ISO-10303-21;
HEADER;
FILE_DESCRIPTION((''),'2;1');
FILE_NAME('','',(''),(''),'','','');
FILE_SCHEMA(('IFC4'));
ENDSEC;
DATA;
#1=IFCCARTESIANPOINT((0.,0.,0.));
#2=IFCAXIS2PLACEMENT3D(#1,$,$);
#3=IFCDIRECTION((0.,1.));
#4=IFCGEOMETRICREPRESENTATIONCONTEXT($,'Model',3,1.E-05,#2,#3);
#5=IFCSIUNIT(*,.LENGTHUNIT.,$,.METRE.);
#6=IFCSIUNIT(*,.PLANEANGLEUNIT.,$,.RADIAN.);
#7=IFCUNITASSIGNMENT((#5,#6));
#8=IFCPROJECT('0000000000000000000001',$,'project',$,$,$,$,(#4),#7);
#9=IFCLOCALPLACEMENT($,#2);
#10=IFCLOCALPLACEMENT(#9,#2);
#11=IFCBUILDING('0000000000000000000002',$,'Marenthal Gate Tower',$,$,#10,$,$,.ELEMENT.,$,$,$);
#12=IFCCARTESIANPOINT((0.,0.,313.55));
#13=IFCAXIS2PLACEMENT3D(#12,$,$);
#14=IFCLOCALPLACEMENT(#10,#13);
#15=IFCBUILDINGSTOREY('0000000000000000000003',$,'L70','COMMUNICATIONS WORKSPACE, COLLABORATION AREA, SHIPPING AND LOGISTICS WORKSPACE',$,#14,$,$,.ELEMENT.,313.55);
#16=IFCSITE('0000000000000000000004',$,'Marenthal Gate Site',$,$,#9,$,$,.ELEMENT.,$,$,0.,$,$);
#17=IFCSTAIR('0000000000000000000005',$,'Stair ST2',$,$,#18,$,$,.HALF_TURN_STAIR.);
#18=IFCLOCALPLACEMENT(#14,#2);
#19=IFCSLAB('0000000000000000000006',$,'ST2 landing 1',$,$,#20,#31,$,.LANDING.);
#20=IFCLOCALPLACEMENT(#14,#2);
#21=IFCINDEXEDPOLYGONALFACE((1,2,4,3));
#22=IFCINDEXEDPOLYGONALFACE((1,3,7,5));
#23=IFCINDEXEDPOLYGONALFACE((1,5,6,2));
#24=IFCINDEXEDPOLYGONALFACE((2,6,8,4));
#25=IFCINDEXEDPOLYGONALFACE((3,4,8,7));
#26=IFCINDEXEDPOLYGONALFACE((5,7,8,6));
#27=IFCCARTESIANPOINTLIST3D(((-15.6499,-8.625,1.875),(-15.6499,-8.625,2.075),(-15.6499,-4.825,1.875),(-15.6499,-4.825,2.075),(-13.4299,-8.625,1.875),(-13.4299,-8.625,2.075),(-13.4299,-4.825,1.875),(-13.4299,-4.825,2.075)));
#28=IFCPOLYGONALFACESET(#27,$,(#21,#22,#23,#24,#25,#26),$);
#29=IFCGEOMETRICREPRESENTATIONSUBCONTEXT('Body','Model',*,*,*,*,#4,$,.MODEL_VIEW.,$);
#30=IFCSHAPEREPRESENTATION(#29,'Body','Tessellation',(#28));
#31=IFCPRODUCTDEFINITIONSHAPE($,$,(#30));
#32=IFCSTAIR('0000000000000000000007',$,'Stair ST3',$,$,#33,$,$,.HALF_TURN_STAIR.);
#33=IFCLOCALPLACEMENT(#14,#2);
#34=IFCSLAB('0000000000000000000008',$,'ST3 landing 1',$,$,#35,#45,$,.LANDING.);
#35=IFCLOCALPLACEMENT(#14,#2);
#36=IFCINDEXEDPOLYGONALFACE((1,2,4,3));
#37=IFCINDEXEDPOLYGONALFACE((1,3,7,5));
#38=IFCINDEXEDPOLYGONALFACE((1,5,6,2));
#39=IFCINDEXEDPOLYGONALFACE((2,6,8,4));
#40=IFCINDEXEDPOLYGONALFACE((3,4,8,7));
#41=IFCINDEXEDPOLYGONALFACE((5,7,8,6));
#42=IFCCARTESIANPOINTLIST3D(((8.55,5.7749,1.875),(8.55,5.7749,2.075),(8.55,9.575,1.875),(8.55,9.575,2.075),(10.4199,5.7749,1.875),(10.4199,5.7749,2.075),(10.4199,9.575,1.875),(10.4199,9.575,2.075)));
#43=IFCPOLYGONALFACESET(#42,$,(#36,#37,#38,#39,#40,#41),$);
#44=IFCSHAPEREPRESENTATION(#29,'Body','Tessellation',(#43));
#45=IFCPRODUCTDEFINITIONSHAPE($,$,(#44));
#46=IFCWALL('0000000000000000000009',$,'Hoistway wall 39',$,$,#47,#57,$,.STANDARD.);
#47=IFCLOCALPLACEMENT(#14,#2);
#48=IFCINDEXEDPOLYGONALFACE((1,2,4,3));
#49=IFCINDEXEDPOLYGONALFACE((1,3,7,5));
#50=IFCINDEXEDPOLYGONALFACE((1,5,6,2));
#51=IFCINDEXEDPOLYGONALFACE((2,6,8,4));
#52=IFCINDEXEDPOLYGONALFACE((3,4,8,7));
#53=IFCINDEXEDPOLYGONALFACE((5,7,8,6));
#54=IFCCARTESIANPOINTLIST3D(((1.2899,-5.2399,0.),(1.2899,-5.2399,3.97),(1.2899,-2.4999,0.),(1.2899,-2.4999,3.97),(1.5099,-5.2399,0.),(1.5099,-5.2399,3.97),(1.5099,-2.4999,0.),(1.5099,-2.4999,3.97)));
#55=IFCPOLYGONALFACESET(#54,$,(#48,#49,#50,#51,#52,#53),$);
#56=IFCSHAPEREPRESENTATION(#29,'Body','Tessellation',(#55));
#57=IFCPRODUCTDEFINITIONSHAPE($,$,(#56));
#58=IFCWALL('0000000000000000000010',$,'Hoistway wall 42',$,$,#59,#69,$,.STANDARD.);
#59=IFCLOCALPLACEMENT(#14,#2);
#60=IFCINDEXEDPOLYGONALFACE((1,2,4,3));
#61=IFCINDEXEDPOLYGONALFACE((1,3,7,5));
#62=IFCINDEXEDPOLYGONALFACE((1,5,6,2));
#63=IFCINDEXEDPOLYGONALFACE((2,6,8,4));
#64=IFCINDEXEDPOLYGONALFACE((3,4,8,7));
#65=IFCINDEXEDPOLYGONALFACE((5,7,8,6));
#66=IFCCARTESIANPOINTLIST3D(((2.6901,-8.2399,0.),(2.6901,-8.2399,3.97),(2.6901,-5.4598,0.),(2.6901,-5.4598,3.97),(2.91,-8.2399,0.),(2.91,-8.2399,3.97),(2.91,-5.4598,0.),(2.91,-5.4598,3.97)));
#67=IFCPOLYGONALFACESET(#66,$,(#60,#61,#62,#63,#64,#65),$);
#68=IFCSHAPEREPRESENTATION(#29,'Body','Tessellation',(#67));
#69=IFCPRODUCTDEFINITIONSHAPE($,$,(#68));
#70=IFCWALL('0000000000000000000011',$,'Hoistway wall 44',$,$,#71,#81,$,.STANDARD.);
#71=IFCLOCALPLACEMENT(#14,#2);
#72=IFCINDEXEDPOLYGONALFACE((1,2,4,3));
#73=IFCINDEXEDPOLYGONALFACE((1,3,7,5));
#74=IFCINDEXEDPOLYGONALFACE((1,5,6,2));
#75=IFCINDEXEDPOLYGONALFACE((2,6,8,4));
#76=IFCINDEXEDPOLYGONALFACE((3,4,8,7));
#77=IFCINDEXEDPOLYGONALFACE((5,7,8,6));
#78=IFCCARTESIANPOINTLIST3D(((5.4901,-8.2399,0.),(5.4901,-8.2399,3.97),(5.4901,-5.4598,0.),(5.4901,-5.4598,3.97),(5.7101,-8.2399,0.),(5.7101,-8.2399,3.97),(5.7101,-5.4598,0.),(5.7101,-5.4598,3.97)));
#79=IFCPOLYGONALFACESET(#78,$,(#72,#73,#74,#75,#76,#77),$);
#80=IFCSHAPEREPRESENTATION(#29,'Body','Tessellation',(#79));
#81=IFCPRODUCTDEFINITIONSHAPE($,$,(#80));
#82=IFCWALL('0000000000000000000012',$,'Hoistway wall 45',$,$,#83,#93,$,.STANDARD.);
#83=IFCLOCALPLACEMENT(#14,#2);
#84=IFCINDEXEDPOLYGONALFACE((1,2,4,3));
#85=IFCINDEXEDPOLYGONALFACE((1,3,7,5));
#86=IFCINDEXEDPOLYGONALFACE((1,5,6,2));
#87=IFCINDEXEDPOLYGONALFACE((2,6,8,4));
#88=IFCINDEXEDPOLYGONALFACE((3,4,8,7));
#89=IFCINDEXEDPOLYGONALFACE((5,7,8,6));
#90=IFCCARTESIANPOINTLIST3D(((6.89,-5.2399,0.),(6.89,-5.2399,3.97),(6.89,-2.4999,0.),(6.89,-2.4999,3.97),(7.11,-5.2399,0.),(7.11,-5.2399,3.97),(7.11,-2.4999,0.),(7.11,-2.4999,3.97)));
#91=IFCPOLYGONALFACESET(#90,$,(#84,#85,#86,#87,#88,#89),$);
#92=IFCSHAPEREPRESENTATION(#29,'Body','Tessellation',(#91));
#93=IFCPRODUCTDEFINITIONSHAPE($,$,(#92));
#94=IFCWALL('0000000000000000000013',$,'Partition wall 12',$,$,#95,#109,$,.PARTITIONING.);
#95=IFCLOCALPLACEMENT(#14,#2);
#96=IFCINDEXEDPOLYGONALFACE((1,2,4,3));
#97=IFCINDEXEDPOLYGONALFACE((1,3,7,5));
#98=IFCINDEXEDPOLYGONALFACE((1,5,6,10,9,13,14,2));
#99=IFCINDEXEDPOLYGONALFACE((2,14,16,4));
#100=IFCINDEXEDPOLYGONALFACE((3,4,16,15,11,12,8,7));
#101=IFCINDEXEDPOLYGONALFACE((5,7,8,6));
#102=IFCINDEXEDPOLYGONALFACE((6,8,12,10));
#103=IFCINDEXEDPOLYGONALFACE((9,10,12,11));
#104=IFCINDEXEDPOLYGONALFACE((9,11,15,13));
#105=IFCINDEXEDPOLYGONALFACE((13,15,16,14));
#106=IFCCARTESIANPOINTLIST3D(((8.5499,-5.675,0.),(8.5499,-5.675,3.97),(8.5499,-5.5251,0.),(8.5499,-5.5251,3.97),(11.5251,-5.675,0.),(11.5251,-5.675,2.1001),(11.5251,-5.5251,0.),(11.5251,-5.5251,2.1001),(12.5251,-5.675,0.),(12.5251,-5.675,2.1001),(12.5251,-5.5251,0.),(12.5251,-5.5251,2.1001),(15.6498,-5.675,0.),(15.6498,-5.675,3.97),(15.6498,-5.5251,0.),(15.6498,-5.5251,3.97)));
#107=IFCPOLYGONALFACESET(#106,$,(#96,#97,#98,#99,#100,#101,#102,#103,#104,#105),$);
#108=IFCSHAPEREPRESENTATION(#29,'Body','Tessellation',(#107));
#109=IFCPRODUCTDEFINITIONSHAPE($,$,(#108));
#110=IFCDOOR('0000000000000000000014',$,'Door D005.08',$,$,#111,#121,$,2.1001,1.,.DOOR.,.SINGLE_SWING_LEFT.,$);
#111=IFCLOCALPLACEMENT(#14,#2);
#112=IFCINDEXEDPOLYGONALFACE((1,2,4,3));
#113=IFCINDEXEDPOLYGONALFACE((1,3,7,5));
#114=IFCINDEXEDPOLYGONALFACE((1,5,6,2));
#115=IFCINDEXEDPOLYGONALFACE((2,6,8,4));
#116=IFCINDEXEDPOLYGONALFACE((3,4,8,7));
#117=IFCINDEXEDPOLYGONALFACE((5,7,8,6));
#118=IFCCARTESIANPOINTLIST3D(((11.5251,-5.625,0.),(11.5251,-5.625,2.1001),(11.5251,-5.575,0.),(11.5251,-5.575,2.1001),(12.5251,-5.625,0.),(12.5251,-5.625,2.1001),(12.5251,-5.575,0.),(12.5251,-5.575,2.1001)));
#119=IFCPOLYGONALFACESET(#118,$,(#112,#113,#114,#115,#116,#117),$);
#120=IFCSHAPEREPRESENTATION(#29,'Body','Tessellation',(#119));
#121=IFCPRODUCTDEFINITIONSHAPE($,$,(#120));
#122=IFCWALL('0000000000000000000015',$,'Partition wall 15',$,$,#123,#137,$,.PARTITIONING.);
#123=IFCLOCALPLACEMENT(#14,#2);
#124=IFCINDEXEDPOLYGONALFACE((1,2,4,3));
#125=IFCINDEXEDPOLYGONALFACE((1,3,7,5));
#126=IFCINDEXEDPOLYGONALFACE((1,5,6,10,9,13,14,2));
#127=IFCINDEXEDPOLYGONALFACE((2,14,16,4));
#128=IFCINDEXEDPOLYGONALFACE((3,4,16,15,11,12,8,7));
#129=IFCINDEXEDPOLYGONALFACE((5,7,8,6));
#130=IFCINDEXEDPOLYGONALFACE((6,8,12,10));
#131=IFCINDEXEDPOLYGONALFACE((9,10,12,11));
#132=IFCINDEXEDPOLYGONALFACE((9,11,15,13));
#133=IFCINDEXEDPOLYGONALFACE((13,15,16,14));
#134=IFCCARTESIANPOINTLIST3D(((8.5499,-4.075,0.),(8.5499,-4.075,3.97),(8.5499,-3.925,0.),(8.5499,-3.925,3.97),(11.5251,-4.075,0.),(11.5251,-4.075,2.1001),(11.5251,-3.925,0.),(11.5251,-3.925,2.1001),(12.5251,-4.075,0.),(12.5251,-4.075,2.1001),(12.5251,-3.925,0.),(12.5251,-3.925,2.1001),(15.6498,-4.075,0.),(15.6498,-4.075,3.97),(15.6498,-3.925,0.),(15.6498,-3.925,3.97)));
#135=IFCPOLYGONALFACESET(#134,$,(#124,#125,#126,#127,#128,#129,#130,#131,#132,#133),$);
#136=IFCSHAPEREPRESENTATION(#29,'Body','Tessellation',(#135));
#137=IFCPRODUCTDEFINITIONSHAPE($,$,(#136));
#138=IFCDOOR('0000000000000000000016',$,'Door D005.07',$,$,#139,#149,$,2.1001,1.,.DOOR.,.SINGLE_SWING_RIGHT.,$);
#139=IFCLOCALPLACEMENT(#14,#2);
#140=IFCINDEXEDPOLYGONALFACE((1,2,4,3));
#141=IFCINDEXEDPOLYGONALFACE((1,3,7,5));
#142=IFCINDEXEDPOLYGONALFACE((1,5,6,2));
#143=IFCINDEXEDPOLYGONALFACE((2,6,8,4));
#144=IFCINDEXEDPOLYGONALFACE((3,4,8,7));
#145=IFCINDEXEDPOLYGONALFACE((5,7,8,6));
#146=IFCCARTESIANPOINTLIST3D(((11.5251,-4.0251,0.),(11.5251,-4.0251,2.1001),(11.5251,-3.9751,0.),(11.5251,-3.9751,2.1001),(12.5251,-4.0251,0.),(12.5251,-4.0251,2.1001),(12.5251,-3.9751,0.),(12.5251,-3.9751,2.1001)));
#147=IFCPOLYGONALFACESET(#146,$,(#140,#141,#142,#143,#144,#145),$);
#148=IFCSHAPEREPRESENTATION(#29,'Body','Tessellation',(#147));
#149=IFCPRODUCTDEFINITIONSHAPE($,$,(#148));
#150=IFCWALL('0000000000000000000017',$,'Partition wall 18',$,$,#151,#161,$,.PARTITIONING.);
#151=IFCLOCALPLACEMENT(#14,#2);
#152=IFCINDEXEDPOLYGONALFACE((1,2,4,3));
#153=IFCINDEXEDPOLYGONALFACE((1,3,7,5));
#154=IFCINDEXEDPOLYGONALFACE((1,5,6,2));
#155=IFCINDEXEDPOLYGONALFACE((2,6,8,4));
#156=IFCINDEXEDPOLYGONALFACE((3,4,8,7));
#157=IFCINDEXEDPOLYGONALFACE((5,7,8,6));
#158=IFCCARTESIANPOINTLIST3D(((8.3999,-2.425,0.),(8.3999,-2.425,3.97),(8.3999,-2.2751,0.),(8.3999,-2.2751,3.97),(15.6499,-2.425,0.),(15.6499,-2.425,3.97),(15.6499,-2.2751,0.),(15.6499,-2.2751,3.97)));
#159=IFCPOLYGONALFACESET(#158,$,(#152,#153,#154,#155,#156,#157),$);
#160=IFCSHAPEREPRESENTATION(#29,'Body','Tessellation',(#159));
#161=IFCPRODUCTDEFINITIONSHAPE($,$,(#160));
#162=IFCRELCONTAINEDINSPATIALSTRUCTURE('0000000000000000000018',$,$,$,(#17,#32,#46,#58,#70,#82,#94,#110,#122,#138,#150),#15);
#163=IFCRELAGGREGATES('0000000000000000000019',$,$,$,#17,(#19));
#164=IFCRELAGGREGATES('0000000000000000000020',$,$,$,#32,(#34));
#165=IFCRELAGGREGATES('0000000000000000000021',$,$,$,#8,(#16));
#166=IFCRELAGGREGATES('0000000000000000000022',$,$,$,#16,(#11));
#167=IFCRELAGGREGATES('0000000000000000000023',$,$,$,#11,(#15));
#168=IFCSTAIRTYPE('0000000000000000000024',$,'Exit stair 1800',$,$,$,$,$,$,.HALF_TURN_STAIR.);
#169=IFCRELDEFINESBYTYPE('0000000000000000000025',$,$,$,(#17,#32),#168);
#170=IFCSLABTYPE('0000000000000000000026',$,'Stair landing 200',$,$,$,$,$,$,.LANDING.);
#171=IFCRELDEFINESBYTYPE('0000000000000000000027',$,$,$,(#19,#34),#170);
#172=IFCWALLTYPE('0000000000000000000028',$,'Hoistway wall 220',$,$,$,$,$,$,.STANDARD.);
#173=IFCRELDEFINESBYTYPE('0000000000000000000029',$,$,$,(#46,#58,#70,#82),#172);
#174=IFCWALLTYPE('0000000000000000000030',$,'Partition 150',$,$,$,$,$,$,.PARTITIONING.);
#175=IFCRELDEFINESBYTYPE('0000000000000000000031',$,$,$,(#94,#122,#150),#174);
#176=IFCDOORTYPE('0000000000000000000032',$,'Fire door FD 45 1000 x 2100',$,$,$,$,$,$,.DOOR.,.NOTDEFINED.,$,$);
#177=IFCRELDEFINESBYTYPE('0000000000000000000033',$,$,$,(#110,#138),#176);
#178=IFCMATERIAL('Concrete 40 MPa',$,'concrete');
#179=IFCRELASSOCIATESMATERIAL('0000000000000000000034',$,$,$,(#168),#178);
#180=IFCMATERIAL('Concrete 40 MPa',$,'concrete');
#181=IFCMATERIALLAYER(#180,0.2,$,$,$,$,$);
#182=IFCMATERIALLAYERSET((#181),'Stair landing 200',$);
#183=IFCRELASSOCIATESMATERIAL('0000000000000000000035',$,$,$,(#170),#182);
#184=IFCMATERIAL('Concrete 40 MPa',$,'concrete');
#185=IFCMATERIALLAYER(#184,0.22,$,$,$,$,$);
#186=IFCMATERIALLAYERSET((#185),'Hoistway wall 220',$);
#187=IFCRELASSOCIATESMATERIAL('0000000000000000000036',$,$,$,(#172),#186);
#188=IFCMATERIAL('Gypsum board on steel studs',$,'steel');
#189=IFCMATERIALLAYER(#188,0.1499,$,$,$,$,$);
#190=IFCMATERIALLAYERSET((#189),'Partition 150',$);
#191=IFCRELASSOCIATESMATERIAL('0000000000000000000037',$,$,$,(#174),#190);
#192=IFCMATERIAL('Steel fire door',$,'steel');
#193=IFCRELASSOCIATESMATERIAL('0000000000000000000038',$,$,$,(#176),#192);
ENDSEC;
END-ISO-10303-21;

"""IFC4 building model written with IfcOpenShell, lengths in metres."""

from ifc_helpers import new_model, si_unit, direction, frame, frame_2d, origin, place, context, subcontext, project, spatial, polyline, rectangle, outline, extrude, material, layer, layer_set, type_object, element, fill, aggregate, save


model = new_model("IFC4")

# Units and contexts
model_context = context("Model", 3, precision=1e-05, world=origin(), true_north=direction((0.0, 1.0)))
body_context = subcontext(model_context, "Body", "Model", "MODEL_VIEW")
ifc_project = project(units=[si_unit("LENGTHUNIT", "METRE"), si_unit("PLANEANGLEUNIT", "RADIAN")], contexts=[model_context])

# Site, building, storey
site_placement = place(None, origin())
site = spatial("IfcSite", under=ifc_project, at=site_placement, Name="Marenthal Gate Site", CompositionType="ELEMENT", RefElevation=0.0)
building_placement = place(site_placement, origin())
building = spatial("IfcBuilding", under=site, at=building_placement, Name="Marenthal Gate Tower", CompositionType="ELEMENT")
storey_placement = place(building_placement, frame((0.0, 0.0, 313.55)))
storey = spatial("IfcBuildingStorey", under=building, at=storey_placement, Name="L70", Description="COMMUNICATIONS WORKSPACE, COLLABORATION AREA, SHIPPING AND LOGISTICS WORKSPACE", CompositionType="ELEMENT", Elevation=313.55)

# Stairs, slabs
ifc_material_1 = material(Name="Concrete 40 MPa", Category="concrete")
stair_type = type_object("IfcStairType", Name="Exit stair 1800", PredefinedType="HALF_TURN_STAIR", material=ifc_material_1)
ifc_material_2 = material(Name="Concrete 40 MPa", Category="concrete")
ifc_layer_1 = layer(ifc_material_2, 0.2)
ifc_layer_set_1 = layer_set([ifc_layer_1], Name="Stair landing 200")
slab_type_1 = type_object("IfcSlabType", Name="Stair landing 200", PredefinedType="LANDING", material=ifc_layer_set_1)
stair_1_placement = place(storey_placement, origin())
stair_1 = element("IfcStair", 1, at=stair_1_placement, inside=storey, type_object=stair_type, Name="Stair ST2", PredefinedType="HALF_TURN_STAIR")
slab_1_placement = place(storey_placement, frame((0.0, 0.0, 1.875)))
slab_1 = element("IfcSlab", 2, at=slab_1_placement, type_object=slab_type_1, Name="ST2 landing 1", PredefinedType="LANDING", context=body_context, shape_type="SweptSolid", body=[
    extrude(outline(polyline([(-15.6499, -8.625), (-13.4299, -8.625), (-13.4299, -4.825), (-15.6499, -4.825), (-15.6499, -8.625)])), origin(), (0.0, 0.0, 1.0), 0.2),
])
aggregate(stair_1, [slab_1])
stair_2_placement = place(storey_placement, origin())
stair_2 = element("IfcStair", 3, at=stair_2_placement, inside=storey, type_object=stair_type, Name="Stair ST3", PredefinedType="HALF_TURN_STAIR")
slab_2_placement = place(storey_placement, frame((0.0, 0.0, 1.875)))
slab_2 = element("IfcSlab", 4, at=slab_2_placement, type_object=slab_type_1, Name="ST3 landing 1", PredefinedType="LANDING", context=body_context, shape_type="SweptSolid", body=[
    extrude(outline(polyline([(8.55, 5.7749), (10.4199, 5.7749), (10.4199, 9.575), (8.55, 9.575), (8.55, 5.7749)])), origin(), (0.0, 0.0, 1.0), 0.2),
])
aggregate(stair_2, [slab_2])

# Walls
ifc_material_3 = material(Name="Concrete 40 MPa", Category="concrete")
ifc_layer_2 = layer(ifc_material_3, 0.22)
ifc_layer_set_2 = layer_set([ifc_layer_2], Name="Hoistway wall 220")
wall_type_1 = type_object("IfcWallType", Name="Hoistway wall 220", PredefinedType="STANDARD", material=ifc_layer_set_2)
wall_1_placement = place(storey_placement, frame((1.3999, -5.24, 0.0), z_axis=(0.0, 0.0, 1.0), x_axis=(0.0, 1.0, 0.0)))
element("IfcWall", 5, at=wall_1_placement, inside=storey, type_object=wall_type_1, Name="Hoistway wall 39", PredefinedType="STANDARD", context=body_context, shape_type="SweptSolid", body=[
    extrude(rectangle(XDim=2.74, YDim=0.22, at=frame_2d((1.3701, 0.0))), origin(), (0.0, 0.0, 1.0), 3.97),
])
for number, where, z_axis, x_axis, name in (
    (6, (2.8, -8.24, 0.0), (0.0, 0.0, 1.0), (0.0, 1.0, 0.0), "Hoistway wall 42"),
    (7, (5.6001, -8.24, 0.0), (0.0, 0.0, 1.0), (0.0, 1.0, 0.0), "Hoistway wall 44"),
):
    element("IfcWall", number, at=place(storey_placement, frame(where, z_axis=z_axis, x_axis=x_axis)), inside=storey, type_object=wall_type_1, Name=name, PredefinedType="STANDARD", context=body_context, shape_type="SweptSolid", body=[
        extrude(rectangle(XDim=2.78, YDim=0.22, at=frame_2d((1.3901, 0.0))), origin(), (0.0, 0.0, 1.0), 3.97),
    ])
wall_2_placement = place(storey_placement, frame((7.0, -5.24, 0.0), z_axis=(0.0, 0.0, 1.0), x_axis=(0.0, 1.0, 0.0)))
element("IfcWall", 8, at=wall_2_placement, inside=storey, type_object=wall_type_1, Name="Hoistway wall 45", PredefinedType="STANDARD", context=body_context, shape_type="SweptSolid", body=[
    extrude(rectangle(XDim=2.74, YDim=0.22, at=frame_2d((1.3701, 0.0))), origin(), (0.0, 0.0, 1.0), 3.97),
])

# Walls, openings, doors
ifc_material_4 = material(Name="Gypsum board on steel studs", Category="steel")
ifc_layer_3 = layer(ifc_material_4, 0.1499)
ifc_layer_set_3 = layer_set([ifc_layer_3], Name="Partition 150")
wall_type_2 = type_object("IfcWallType", Name="Partition 150", PredefinedType="PARTITIONING", material=ifc_layer_set_3)
wall_3_placement = place(storey_placement, frame((8.55, -5.6001, 0.0), z_axis=(0.0, 0.0, 1.0), x_axis=(1.0, 0.0, 0.0)))
wall_3 = element("IfcWall", 9, at=wall_3_placement, inside=storey, type_object=wall_type_2, Name="Partition wall 12", PredefinedType="PARTITIONING", context=body_context, shape_type="SweptSolid", body=[
    extrude(rectangle(XDim=7.0999, YDim=0.1499, at=frame_2d((3.5498, 0.0))), origin(), (0.0, 0.0, 1.0), 3.97),
])
opening_1_placement = place(wall_3_placement, frame((2.9751, 0.0, 0.0)))
opening_1 = element("IfcOpeningElement", 10, at=opening_1_placement, cuts=wall_3, PredefinedType="OPENING", context=body_context, shape_type="SweptSolid", body=[
    extrude(rectangle(XDim=1.0, YDim=2.1001, at=frame_2d((0.5, 1.05))), frame((0.0, 0.085, 0.0), z_axis=(0.0, -1.0, 0.0), x_axis=(1.0, 0.0, 0.0)), (0.0, 0.0, 1.0), 0.1699),
])
ifc_material_5 = material(Name="Steel fire door", Category="steel")
door_type = type_object("IfcDoorType", Name="Fire door FD 45 1000 x 2100", OperationType="NOTDEFINED", PredefinedType="DOOR", material=ifc_material_5)
door_1_placement = place(opening_1_placement, frame((1.0, 0.0, 0.0), z_axis=(0.0, 0.0, 1.0), x_axis=(-1.0, 0.0, 0.0)))
door_1 = element("IfcDoor", 11, at=door_1_placement, inside=storey, type_object=door_type, Name="Door D005.08", OperationType="SINGLE_SWING_LEFT", OverallHeight=2.1001, OverallWidth=1.0, PredefinedType="DOOR", context=body_context, shape_type="SweptSolid", body=[
    extrude(rectangle(XDim=1.0, YDim=2.1001, at=frame_2d((0.5, 1.05))), frame((0.0, 0.0249, 0.0), z_axis=(0.0, -1.0, 0.0), x_axis=(1.0, 0.0, 0.0)), (0.0, 0.0, 1.0), 0.05),
])
fill(opening_1, door_1)
wall_4_placement = place(storey_placement, frame((8.55, -4.0, 0.0), z_axis=(0.0, 0.0, 1.0), x_axis=(1.0, 0.0, 0.0)))
wall_4 = element("IfcWall", 12, at=wall_4_placement, inside=storey, type_object=wall_type_2, Name="Partition wall 15", PredefinedType="PARTITIONING", context=body_context, shape_type="SweptSolid", body=[
    extrude(rectangle(XDim=7.0999, YDim=0.1499, at=frame_2d((3.5498, 0.0))), origin(), (0.0, 0.0, 1.0), 3.97),
])
opening_2_placement = place(wall_4_placement, frame((2.9751, 0.0, 0.0)))
opening_2 = element("IfcOpeningElement", 13, at=opening_2_placement, cuts=wall_4, PredefinedType="OPENING", context=body_context, shape_type="SweptSolid", body=[
    extrude(rectangle(XDim=1.0, YDim=2.1001, at=frame_2d((0.5, 1.05))), frame((0.0, 0.085, 0.0), z_axis=(0.0, -1.0, 0.0), x_axis=(1.0, 0.0, 0.0)), (0.0, 0.0, 1.0), 0.1699),
])
door_2_placement = place(opening_2_placement, origin())
door_2 = element("IfcDoor", 14, at=door_2_placement, inside=storey, type_object=door_type, Name="Door D005.07", OperationType="SINGLE_SWING_RIGHT", OverallHeight=2.1001, OverallWidth=1.0, PredefinedType="DOOR", context=body_context, shape_type="SweptSolid", body=[
    extrude(rectangle(XDim=1.0, YDim=2.1001, at=frame_2d((0.5, 1.05))), frame((0.0, 0.0249, 0.0), z_axis=(0.0, -1.0, 0.0), x_axis=(1.0, 0.0, 0.0)), (0.0, 0.0, 1.0), 0.05),
])
fill(opening_2, door_2)

# Wall
wall_5_placement = place(storey_placement, frame((8.3999, -2.3501, 0.0), z_axis=(0.0, 0.0, 1.0), x_axis=(1.0, 0.0, 0.0)))
element("IfcWall", 15, at=wall_5_placement, inside=storey, type_object=wall_type_2, Name="Partition wall 18", PredefinedType="PARTITIONING", context=body_context, shape_type="SweptSolid", body=[
    extrude(rectangle(XDim=7.25, YDim=0.1499, at=frame_2d((3.625, 0.0))), origin(), (0.0, 0.0, 1.0), 3.97),
])

save(model, "model.ifc")
